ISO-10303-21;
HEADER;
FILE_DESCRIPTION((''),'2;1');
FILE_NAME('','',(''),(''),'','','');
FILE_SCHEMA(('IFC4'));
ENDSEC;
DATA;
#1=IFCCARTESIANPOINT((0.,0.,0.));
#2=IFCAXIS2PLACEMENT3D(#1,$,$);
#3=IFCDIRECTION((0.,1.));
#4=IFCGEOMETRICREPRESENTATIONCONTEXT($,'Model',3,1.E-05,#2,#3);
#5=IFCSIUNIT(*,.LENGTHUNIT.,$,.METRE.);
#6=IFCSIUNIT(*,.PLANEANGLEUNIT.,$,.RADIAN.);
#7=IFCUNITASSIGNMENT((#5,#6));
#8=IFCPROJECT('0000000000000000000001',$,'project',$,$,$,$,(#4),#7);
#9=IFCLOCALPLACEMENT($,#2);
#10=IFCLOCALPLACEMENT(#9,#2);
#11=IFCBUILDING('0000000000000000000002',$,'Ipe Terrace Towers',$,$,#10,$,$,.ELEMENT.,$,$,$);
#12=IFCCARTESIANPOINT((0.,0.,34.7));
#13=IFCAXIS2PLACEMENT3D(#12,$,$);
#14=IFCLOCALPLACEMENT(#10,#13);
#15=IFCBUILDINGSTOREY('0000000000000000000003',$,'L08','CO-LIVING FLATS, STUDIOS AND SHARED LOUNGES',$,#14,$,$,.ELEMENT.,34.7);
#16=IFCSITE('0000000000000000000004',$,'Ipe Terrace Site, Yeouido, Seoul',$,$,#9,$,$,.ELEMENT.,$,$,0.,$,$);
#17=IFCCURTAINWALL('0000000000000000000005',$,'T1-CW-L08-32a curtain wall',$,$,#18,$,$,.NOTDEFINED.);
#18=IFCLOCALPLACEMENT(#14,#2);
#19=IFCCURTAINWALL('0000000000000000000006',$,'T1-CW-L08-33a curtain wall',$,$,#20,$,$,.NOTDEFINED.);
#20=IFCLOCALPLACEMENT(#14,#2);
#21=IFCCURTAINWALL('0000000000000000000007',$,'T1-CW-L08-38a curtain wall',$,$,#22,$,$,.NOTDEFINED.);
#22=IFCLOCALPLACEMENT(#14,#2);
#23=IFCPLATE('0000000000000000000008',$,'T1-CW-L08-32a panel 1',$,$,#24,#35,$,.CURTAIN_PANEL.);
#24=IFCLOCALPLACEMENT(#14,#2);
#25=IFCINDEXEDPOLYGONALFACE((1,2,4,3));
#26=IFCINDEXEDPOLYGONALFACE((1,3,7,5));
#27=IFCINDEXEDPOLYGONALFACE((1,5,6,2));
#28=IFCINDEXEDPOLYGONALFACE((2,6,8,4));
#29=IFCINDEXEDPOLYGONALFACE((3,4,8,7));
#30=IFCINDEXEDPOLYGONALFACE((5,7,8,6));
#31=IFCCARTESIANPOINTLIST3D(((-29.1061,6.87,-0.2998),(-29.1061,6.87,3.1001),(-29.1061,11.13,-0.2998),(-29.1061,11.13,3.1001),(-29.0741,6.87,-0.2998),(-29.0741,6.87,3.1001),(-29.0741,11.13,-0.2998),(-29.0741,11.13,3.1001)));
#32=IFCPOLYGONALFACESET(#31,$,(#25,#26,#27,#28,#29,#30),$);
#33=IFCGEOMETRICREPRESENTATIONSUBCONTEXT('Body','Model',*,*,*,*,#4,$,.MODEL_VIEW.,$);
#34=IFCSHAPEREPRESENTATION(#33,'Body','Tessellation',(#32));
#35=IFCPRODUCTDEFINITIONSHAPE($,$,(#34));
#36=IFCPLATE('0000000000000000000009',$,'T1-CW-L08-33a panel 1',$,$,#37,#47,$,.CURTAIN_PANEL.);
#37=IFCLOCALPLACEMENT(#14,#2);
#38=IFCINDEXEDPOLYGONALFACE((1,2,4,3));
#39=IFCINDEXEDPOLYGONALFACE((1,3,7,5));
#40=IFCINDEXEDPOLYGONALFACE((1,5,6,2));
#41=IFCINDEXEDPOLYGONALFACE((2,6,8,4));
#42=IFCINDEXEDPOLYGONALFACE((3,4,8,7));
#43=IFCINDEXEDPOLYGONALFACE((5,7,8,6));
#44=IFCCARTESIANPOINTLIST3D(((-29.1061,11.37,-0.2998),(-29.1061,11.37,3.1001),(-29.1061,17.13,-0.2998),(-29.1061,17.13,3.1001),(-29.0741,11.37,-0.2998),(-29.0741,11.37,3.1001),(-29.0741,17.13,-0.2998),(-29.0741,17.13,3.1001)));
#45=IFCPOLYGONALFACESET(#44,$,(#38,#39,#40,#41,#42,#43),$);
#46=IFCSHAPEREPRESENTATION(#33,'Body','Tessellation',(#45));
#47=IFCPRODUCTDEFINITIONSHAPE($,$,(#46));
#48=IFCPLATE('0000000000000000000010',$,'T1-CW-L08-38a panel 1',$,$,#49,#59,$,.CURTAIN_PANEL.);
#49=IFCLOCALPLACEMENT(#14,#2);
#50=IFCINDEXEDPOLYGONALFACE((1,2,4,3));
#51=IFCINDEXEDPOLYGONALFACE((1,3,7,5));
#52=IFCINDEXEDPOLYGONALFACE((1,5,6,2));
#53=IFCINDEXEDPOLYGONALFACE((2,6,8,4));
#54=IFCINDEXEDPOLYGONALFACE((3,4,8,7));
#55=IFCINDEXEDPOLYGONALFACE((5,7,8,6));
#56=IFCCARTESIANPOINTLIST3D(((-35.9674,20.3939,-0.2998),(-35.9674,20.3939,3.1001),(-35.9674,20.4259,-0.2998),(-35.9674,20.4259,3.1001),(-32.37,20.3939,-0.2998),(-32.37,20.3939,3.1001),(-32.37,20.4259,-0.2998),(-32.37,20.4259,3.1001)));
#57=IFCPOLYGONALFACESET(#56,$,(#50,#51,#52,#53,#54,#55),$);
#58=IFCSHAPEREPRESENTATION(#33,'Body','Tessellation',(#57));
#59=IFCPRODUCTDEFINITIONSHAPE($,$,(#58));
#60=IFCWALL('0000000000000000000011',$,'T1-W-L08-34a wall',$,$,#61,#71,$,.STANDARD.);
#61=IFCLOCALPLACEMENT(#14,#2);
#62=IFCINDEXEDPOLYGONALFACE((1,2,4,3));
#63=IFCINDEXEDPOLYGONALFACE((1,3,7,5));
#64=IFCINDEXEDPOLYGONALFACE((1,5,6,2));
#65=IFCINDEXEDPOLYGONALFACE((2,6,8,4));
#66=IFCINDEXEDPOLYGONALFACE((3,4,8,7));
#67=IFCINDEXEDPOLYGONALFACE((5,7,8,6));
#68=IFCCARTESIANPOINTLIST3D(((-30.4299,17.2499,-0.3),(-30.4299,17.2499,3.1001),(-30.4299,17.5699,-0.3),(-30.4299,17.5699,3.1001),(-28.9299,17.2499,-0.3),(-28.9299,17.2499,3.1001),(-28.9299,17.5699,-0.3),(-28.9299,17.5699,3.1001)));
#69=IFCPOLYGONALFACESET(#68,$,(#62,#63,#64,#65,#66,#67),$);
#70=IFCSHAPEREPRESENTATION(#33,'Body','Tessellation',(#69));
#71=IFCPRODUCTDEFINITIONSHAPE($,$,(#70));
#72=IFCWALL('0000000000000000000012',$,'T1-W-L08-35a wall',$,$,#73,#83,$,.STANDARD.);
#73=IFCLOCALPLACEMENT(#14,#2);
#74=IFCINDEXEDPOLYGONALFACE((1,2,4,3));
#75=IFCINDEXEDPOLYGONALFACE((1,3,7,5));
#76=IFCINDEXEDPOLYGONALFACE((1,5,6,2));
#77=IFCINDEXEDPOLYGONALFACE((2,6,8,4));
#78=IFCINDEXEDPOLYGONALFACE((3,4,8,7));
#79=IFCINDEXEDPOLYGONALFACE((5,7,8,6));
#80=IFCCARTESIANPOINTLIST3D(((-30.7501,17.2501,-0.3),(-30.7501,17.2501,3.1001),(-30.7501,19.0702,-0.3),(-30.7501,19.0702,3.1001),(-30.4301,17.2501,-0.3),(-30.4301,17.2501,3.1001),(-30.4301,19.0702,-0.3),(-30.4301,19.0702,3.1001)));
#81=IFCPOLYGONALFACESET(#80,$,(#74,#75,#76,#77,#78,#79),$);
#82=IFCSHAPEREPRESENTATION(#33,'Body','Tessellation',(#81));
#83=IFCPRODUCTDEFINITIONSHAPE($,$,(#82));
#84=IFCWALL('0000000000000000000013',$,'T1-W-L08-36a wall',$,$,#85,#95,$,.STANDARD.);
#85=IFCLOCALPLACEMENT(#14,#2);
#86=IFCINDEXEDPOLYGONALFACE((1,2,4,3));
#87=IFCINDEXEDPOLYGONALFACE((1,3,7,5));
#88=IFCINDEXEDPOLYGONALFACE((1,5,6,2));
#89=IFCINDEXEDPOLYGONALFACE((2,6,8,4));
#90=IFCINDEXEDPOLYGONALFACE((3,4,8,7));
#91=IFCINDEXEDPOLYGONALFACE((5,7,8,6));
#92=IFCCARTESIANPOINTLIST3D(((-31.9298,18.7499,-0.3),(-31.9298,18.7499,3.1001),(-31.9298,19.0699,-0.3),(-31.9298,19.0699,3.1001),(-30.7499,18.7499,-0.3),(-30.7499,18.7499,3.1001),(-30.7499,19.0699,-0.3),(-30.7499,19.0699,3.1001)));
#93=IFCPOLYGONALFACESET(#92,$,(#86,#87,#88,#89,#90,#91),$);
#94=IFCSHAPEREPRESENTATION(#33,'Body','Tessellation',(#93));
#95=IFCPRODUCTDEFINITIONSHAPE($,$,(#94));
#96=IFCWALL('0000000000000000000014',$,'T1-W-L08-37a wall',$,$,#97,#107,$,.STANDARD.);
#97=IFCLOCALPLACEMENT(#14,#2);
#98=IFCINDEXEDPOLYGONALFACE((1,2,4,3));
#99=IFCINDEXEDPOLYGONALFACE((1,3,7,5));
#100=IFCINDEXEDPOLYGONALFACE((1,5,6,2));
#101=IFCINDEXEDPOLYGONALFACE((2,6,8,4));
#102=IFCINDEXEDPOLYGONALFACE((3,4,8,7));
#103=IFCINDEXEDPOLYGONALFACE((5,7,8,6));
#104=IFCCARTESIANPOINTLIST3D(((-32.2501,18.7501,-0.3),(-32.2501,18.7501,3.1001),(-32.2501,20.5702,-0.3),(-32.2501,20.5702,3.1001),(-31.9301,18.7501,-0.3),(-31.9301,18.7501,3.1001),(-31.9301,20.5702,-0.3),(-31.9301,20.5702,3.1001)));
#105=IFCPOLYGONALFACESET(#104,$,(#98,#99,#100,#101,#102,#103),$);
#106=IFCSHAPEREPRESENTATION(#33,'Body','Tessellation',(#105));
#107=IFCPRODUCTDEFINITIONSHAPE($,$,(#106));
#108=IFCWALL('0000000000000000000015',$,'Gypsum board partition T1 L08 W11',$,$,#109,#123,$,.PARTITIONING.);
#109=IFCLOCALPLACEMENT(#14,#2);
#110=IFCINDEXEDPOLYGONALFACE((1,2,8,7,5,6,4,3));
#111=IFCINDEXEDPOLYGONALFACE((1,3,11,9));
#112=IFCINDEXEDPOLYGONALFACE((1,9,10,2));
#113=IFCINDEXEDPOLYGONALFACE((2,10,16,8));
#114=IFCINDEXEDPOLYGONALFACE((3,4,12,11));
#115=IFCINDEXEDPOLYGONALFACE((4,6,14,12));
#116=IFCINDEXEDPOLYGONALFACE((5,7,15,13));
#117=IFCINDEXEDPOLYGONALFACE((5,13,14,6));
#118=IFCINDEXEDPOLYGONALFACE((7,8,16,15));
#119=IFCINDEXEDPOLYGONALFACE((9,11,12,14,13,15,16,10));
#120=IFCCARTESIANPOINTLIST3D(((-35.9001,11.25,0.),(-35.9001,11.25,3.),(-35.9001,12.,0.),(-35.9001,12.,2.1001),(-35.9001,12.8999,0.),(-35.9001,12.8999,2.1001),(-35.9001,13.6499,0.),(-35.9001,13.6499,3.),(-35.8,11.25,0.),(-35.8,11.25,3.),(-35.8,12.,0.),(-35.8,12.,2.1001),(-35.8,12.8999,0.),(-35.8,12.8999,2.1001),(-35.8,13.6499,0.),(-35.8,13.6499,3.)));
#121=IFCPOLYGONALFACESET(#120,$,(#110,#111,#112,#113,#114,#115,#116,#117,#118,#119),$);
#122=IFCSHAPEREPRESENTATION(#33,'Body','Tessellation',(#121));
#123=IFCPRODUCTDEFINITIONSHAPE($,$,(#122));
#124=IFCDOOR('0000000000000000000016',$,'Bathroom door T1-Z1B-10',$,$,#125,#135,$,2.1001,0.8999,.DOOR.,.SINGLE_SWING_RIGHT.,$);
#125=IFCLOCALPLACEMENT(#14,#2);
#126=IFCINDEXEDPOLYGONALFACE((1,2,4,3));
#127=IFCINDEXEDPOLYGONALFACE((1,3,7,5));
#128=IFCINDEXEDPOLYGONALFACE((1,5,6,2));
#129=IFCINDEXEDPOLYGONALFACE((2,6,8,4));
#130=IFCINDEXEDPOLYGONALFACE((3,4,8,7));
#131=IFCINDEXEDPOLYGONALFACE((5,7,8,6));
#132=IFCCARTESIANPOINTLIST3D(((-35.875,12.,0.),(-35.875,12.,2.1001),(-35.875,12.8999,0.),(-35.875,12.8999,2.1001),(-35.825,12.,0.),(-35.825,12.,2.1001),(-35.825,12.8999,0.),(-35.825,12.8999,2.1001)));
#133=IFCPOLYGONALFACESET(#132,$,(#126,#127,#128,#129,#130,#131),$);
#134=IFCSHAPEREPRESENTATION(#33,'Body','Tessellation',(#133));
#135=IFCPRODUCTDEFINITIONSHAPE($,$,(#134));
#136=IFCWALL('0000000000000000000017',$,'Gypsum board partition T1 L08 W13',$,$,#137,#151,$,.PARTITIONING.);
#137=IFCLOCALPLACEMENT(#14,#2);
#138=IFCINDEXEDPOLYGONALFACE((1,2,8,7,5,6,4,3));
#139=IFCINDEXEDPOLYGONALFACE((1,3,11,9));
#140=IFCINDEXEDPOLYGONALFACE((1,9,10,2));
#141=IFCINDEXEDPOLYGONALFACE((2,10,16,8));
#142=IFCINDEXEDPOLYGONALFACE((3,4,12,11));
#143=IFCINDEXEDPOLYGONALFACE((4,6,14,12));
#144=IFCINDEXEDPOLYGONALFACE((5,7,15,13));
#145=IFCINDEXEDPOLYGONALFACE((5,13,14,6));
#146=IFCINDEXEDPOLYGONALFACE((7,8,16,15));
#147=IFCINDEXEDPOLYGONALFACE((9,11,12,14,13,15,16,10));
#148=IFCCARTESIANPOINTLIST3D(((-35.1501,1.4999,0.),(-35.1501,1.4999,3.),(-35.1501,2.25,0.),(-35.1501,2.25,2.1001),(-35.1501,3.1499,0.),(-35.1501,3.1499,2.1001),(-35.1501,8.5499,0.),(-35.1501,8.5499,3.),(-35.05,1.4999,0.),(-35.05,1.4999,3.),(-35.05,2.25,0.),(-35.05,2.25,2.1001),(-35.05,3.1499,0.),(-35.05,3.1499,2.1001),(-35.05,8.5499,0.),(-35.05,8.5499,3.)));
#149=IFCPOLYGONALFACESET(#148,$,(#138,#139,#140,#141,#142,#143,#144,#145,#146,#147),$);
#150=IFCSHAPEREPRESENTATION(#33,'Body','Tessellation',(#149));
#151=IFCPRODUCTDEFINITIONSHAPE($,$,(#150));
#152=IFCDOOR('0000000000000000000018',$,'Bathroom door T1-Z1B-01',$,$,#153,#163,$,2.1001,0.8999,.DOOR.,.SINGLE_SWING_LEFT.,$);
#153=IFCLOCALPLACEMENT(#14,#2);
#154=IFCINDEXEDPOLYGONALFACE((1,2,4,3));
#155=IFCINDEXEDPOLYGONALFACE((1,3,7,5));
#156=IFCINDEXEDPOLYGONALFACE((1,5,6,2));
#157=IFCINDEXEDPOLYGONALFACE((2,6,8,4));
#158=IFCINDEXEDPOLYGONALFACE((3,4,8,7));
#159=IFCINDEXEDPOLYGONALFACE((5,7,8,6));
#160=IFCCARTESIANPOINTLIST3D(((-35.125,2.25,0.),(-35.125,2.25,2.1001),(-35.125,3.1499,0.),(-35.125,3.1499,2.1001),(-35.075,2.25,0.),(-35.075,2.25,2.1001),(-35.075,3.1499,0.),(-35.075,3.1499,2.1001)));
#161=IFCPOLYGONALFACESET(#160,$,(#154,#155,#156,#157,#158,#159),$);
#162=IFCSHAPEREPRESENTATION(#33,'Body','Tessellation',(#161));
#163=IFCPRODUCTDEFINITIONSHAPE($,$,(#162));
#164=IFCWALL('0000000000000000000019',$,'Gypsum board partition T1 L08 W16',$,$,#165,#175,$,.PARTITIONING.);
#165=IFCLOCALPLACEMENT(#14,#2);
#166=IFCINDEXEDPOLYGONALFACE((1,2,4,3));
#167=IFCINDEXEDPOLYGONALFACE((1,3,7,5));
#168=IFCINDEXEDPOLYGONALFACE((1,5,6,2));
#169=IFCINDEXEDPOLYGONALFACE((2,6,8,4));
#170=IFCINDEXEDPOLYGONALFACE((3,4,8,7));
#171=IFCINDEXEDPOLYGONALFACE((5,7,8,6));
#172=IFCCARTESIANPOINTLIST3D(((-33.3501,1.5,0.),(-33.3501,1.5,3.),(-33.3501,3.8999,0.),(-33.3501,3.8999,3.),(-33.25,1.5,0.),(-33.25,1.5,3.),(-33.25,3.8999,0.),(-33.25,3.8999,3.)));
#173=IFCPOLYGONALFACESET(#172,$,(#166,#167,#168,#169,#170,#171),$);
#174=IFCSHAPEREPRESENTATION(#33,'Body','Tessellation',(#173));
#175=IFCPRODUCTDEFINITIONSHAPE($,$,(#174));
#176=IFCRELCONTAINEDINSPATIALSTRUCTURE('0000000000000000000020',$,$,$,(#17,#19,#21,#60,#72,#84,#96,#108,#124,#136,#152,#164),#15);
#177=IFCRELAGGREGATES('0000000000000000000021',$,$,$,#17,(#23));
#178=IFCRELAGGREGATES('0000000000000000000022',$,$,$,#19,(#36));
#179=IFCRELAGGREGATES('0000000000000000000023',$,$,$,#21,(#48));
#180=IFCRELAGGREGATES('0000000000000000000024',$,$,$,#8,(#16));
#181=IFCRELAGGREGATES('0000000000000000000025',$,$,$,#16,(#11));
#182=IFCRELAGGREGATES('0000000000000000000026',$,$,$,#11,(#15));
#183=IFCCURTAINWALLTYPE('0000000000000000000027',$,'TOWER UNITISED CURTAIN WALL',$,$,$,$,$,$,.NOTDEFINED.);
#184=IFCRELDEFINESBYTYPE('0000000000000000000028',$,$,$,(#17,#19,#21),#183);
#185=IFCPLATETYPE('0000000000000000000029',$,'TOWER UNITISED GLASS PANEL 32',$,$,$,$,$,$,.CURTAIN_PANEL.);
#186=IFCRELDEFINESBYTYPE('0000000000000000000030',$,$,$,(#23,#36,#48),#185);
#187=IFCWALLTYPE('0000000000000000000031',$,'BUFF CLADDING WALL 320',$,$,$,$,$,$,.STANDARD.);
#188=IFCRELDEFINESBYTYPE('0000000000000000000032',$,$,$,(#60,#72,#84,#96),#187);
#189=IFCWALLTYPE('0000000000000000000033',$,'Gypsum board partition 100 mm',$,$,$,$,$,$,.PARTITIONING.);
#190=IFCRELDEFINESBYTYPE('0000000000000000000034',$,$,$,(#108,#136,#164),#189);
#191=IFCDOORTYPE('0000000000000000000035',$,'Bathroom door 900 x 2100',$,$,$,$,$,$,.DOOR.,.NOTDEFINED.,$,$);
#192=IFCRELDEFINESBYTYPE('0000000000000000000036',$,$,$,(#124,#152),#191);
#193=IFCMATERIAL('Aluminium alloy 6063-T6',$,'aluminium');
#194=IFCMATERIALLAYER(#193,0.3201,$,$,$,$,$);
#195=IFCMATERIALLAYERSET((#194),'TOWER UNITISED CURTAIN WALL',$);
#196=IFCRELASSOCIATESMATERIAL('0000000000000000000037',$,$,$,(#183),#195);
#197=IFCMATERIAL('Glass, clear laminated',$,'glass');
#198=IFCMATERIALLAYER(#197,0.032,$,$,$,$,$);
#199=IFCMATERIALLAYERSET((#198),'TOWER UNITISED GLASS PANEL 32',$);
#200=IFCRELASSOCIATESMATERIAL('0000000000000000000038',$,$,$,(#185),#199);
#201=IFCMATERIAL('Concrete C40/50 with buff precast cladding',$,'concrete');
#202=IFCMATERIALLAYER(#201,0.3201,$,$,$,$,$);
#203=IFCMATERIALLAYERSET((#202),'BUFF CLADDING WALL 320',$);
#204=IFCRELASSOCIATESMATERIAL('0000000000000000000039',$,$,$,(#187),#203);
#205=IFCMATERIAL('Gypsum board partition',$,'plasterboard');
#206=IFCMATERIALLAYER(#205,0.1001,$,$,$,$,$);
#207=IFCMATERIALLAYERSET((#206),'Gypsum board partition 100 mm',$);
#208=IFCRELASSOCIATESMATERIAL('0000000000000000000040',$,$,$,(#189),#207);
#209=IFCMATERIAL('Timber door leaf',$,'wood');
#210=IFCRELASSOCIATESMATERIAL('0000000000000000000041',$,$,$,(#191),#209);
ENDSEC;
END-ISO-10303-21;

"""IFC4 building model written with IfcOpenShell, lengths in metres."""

from ifc_helpers import new_model, si_unit, direction, frame, frame_2d, origin, origin_2d, place, context, subcontext, project, spatial, rectangle, extrude, material, layer, layer_set, type_object, element, fill, aggregate, save


model = new_model("IFC4")

# Units and contexts
model_context = context("Model", 3, precision=1e-05, world=origin(), true_north=direction((0.0, 1.0)))
body_context = subcontext(model_context, "Body", "Model", "MODEL_VIEW")
ifc_project = project(units=[si_unit("LENGTHUNIT", "METRE"), si_unit("PLANEANGLEUNIT", "RADIAN")], contexts=[model_context])

# Site, building, storey
site_placement = place(None, origin())
site = spatial("IfcSite", under=ifc_project, at=site_placement, Name="Ipe Terrace Site, Yeouido, Seoul", CompositionType="ELEMENT", RefElevation=0.0)
building_placement = place(site_placement, origin())
building = spatial("IfcBuilding", under=site, at=building_placement, Name="Ipe Terrace Towers", CompositionType="ELEMENT")
storey_placement = place(building_placement, frame((0.0, 0.0, 34.7)))
storey = spatial("IfcBuildingStorey", under=building, at=storey_placement, Name="L08", Description="CO-LIVING FLATS, STUDIOS AND SHARED LOUNGES", CompositionType="ELEMENT", Elevation=34.7)

# Curtain walls
ifc_material_1 = material(Name="Aluminium alloy 6063-T6", Category="aluminium")
ifc_layer_1 = layer(ifc_material_1, 0.3201)
ifc_layer_set_1 = layer_set([ifc_layer_1], Name="TOWER UNITISED CURTAIN WALL")
curtain_wall_type = type_object("IfcCurtainWallType", Name="TOWER UNITISED CURTAIN WALL", PredefinedType="NOTDEFINED", material=ifc_layer_set_1)
curtain_wall_1_placement = place(storey_placement, origin())
curtain_wall_1 = element("IfcCurtainWall", 1, at=curtain_wall_1_placement, inside=storey, type_object=curtain_wall_type, Name="T1-CW-L08-32a curtain wall", PredefinedType="NOTDEFINED")
curtain_wall_2_placement = place(storey_placement, origin())
curtain_wall_2 = element("IfcCurtainWall", 2, at=curtain_wall_2_placement, inside=storey, type_object=curtain_wall_type, Name="T1-CW-L08-33a curtain wall", PredefinedType="NOTDEFINED")
curtain_wall_3_placement = place(storey_placement, origin())
curtain_wall_3 = element("IfcCurtainWall", 3, at=curtain_wall_3_placement, inside=storey, type_object=curtain_wall_type, Name="T1-CW-L08-38a curtain wall", PredefinedType="NOTDEFINED")

# Plates
ifc_material_2 = material(Name="Glass, clear laminated", Category="glass")
ifc_layer_2 = layer(ifc_material_2, 0.032)
ifc_layer_set_2 = layer_set([ifc_layer_2], Name="TOWER UNITISED GLASS PANEL 32")
plate_type = type_object("IfcPlateType", Name="TOWER UNITISED GLASS PANEL 32", PredefinedType="CURTAIN_PANEL", material=ifc_layer_set_2)
plate_1_placement = place(storey_placement, frame((-29.0901, 9.0, -0.2998), z_axis=(0.0, 0.0, 1.0), x_axis=(0.0, 1.0, 0.0)))
plate_1 = element("IfcPlate", 4, at=plate_1_placement, type_object=plate_type, Name="T1-CW-L08-32a panel 1", PredefinedType="CURTAIN_PANEL", context=body_context, shape_type="SweptSolid", body=[
    extrude(rectangle(XDim=4.26, YDim=0.032, at=origin_2d()), origin(), (0.0, 0.0, 1.0), 3.3999),
])
aggregate(curtain_wall_1, [plate_1])
plate_2_placement = place(storey_placement, frame((-29.0901, 14.25, -0.2998), z_axis=(0.0, 0.0, 1.0), x_axis=(0.0, 1.0, 0.0)))
plate_2 = element("IfcPlate", 5, at=plate_2_placement, type_object=plate_type, Name="T1-CW-L08-33a panel 1", PredefinedType="CURTAIN_PANEL", context=body_context, shape_type="SweptSolid", body=[
    extrude(rectangle(XDim=5.76, YDim=0.032, at=origin_2d()), origin(), (0.0, 0.0, 1.0), 3.3999),
])
aggregate(curtain_wall_2, [plate_2])
plate_3_placement = place(storey_placement, frame((-34.1687, 20.4099, -0.2998), z_axis=(0.0, 0.0, 1.0), x_axis=(-1.0, 0.0, 0.0)))
plate_3 = element("IfcPlate", 6, at=plate_3_placement, type_object=plate_type, Name="T1-CW-L08-38a panel 1", PredefinedType="CURTAIN_PANEL", context=body_context, shape_type="SweptSolid", body=[
    extrude(rectangle(XDim=3.5974, YDim=0.032, at=origin_2d()), origin(), (0.0, 0.0, 1.0), 3.3999),
])
aggregate(curtain_wall_3, [plate_3])

# Walls
ifc_material_3 = material(Name="Concrete C40/50 with buff precast cladding", Category="concrete")
ifc_layer_3 = layer(ifc_material_3, 0.3201)
ifc_layer_set_3 = layer_set([ifc_layer_3], Name="BUFF CLADDING WALL 320")
wall_type_1 = type_object("IfcWallType", Name="BUFF CLADDING WALL 320", PredefinedType="STANDARD", material=ifc_layer_set_3)
wall_1_placement = place(storey_placement, frame((-28.9299, 17.4099, -0.3), z_axis=(0.0, 0.0, 1.0), x_axis=(-1.0, 0.0, 0.0)))
element("IfcWall", 7, at=wall_1_placement, inside=storey, type_object=wall_type_1, Name="T1-W-L08-34a wall", PredefinedType="STANDARD", context=body_context, shape_type="SweptSolid", body=[
    extrude(rectangle(XDim=1.5, YDim=0.3201, at=frame_2d((0.75, 0.0))), origin(), (0.0, 0.0, 1.0), 3.4001),
])
wall_2_placement = place(storey_placement, frame((-30.5901, 17.25, -0.3), z_axis=(0.0, 0.0, 1.0), x_axis=(0.0, 1.0, 0.0)))
element("IfcWall", 8, at=wall_2_placement, inside=storey, type_object=wall_type_1, Name="T1-W-L08-35a wall", PredefinedType="STANDARD", context=body_context, shape_type="SweptSolid", body=[
    extrude(rectangle(XDim=1.8201, YDim=0.3201, at=frame_2d((0.9102, 0.0))), origin(), (0.0, 0.0, 1.0), 3.4001),
])
wall_3_placement = place(storey_placement, frame((-30.75, 18.9099, -0.3), z_axis=(0.0, 0.0, 1.0), x_axis=(-1.0, 0.0, 0.0)))
element("IfcWall", 9, at=wall_3_placement, inside=storey, type_object=wall_type_1, Name="T1-W-L08-36a wall", PredefinedType="STANDARD", context=body_context, shape_type="SweptSolid", body=[
    extrude(rectangle(XDim=1.1799, YDim=0.3201, at=frame_2d((0.5898, 0.0))), origin(), (0.0, 0.0, 1.0), 3.4001),
])
wall_4_placement = place(storey_placement, frame((-32.0901, 18.75, -0.3), z_axis=(0.0, 0.0, 1.0), x_axis=(0.0, 1.0, 0.0)))
element("IfcWall", 10, at=wall_4_placement, inside=storey, type_object=wall_type_1, Name="T1-W-L08-37a wall", PredefinedType="STANDARD", context=body_context, shape_type="SweptSolid", body=[
    extrude(rectangle(XDim=1.8201, YDim=0.3201, at=frame_2d((0.9102, 0.0))), origin(), (0.0, 0.0, 1.0), 3.4001),
])

# Walls, openings, doors
ifc_material_4 = material(Name="Gypsum board partition", Category="plasterboard")
ifc_layer_4 = layer(ifc_material_4, 0.1001)
ifc_layer_set_4 = layer_set([ifc_layer_4], Name="Gypsum board partition 100 mm")
wall_type_2 = type_object("IfcWallType", Name="Gypsum board partition 100 mm", PredefinedType="PARTITIONING", material=ifc_layer_set_4)
wall_5_placement = place(storey_placement, frame((-35.8501, 11.25, 0.0), z_axis=(0.0, 0.0, 1.0), x_axis=(0.0, 1.0, 0.0)))
wall_5 = element("IfcWall", 11, at=wall_5_placement, inside=storey, type_object=wall_type_2, Name="Gypsum board partition T1 L08 W11", PredefinedType="PARTITIONING", context=body_context, shape_type="SweptSolid", body=[
    extrude(rectangle(XDim=2.3999, YDim=0.1001, at=frame_2d((1.2, 0.0))), origin(), (0.0, 0.0, 1.0), 3.0),
])
opening_1_placement = place(wall_5_placement, frame((0.75, 0.0, 0.0)))
opening_1 = element("IfcOpeningElement", 12, at=opening_1_placement, cuts=wall_5, PredefinedType="OPENING", context=body_context, shape_type="SweptSolid", body=[
    extrude(rectangle(XDim=0.8999, YDim=2.1001, at=frame_2d((0.45, 1.05))), frame((0.0, 0.0601, 0.0), z_axis=(0.0, -1.0, 0.0), x_axis=(1.0, 0.0, 0.0)), (0.0, 0.0, 1.0), 0.1201),
])
ifc_material_5 = material(Name="Timber door leaf", Category="wood")
door_type_1 = type_object("IfcDoorType", Name="Bathroom door 900 x 2100", OperationType="NOTDEFINED", PredefinedType="DOOR", material=ifc_material_5)
door_1_placement = place(opening_1_placement, origin())
door_1 = element("IfcDoor", 13, at=door_1_placement, inside=storey, type_object=door_type_1, Name="Bathroom door T1-Z1B-10", OperationType="SINGLE_SWING_RIGHT", OverallHeight=2.1001, OverallWidth=0.8999, PredefinedType="DOOR", context=body_context, shape_type="SweptSolid", body=[
    extrude(rectangle(XDim=0.8999, YDim=2.1001, at=frame_2d((0.45, 1.05))), frame((0.0, 0.0249, 0.0), z_axis=(0.0, -1.0, 0.0), x_axis=(1.0, 0.0, 0.0)), (0.0, 0.0, 1.0), 0.05),
])
fill(opening_1, door_1)
wall_6_placement = place(storey_placement, frame((-35.1001, 1.5, 0.0), z_axis=(0.0, 0.0, 1.0), x_axis=(0.0, 1.0, 0.0)))
wall_6 = element("IfcWall", 14, at=wall_6_placement, inside=storey, type_object=wall_type_2, Name="Gypsum board partition T1 L08 W13", PredefinedType="PARTITIONING", context=body_context, shape_type="SweptSolid", body=[
    extrude(rectangle(XDim=7.05, YDim=0.1001, at=frame_2d((3.5249, 0.0))), origin(), (0.0, 0.0, 1.0), 3.0),
])
opening_2_placement = place(wall_6_placement, frame((0.75, 0.0, 0.0)))
opening_2 = element("IfcOpeningElement", 15, at=opening_2_placement, cuts=wall_6, PredefinedType="OPENING", context=body_context, shape_type="SweptSolid", body=[
    extrude(rectangle(XDim=0.8999, YDim=2.1001, at=frame_2d((0.45, 1.05))), frame((0.0, 0.0601, 0.0), z_axis=(0.0, -1.0, 0.0), x_axis=(1.0, 0.0, 0.0)), (0.0, 0.0, 1.0), 0.1201),
])
door_2_placement = place(opening_2_placement, origin())
door_2 = element("IfcDoor", 16, at=door_2_placement, inside=storey, type_object=door_type_1, Name="Bathroom door T1-Z1B-01", OperationType="SINGLE_SWING_LEFT", OverallHeight=2.1001, OverallWidth=0.8999, PredefinedType="DOOR", context=body_context, shape_type="SweptSolid", body=[
    extrude(rectangle(XDim=0.8999, YDim=2.1001, at=frame_2d((0.45, 1.05))), frame((0.0, 0.0249, 0.0), z_axis=(0.0, -1.0, 0.0), x_axis=(1.0, 0.0, 0.0)), (0.0, 0.0, 1.0), 0.05),
])
fill(opening_2, door_2)

# Wall
wall_7_placement = place(storey_placement, frame((-33.3, 1.5, 0.0), z_axis=(0.0, 0.0, 1.0), x_axis=(0.0, 1.0, 0.0)))
element("IfcWall", 17, at=wall_7_placement, inside=storey, type_object=wall_type_2, Name="Gypsum board partition T1 L08 W16", PredefinedType="PARTITIONING", context=body_context, shape_type="SweptSolid", body=[
    extrude(rectangle(XDim=2.3999, YDim=0.1001, at=frame_2d((1.2, 0.0))), origin(), (0.0, 0.0, 1.0), 3.0),
])

save(model, "model.ifc")
